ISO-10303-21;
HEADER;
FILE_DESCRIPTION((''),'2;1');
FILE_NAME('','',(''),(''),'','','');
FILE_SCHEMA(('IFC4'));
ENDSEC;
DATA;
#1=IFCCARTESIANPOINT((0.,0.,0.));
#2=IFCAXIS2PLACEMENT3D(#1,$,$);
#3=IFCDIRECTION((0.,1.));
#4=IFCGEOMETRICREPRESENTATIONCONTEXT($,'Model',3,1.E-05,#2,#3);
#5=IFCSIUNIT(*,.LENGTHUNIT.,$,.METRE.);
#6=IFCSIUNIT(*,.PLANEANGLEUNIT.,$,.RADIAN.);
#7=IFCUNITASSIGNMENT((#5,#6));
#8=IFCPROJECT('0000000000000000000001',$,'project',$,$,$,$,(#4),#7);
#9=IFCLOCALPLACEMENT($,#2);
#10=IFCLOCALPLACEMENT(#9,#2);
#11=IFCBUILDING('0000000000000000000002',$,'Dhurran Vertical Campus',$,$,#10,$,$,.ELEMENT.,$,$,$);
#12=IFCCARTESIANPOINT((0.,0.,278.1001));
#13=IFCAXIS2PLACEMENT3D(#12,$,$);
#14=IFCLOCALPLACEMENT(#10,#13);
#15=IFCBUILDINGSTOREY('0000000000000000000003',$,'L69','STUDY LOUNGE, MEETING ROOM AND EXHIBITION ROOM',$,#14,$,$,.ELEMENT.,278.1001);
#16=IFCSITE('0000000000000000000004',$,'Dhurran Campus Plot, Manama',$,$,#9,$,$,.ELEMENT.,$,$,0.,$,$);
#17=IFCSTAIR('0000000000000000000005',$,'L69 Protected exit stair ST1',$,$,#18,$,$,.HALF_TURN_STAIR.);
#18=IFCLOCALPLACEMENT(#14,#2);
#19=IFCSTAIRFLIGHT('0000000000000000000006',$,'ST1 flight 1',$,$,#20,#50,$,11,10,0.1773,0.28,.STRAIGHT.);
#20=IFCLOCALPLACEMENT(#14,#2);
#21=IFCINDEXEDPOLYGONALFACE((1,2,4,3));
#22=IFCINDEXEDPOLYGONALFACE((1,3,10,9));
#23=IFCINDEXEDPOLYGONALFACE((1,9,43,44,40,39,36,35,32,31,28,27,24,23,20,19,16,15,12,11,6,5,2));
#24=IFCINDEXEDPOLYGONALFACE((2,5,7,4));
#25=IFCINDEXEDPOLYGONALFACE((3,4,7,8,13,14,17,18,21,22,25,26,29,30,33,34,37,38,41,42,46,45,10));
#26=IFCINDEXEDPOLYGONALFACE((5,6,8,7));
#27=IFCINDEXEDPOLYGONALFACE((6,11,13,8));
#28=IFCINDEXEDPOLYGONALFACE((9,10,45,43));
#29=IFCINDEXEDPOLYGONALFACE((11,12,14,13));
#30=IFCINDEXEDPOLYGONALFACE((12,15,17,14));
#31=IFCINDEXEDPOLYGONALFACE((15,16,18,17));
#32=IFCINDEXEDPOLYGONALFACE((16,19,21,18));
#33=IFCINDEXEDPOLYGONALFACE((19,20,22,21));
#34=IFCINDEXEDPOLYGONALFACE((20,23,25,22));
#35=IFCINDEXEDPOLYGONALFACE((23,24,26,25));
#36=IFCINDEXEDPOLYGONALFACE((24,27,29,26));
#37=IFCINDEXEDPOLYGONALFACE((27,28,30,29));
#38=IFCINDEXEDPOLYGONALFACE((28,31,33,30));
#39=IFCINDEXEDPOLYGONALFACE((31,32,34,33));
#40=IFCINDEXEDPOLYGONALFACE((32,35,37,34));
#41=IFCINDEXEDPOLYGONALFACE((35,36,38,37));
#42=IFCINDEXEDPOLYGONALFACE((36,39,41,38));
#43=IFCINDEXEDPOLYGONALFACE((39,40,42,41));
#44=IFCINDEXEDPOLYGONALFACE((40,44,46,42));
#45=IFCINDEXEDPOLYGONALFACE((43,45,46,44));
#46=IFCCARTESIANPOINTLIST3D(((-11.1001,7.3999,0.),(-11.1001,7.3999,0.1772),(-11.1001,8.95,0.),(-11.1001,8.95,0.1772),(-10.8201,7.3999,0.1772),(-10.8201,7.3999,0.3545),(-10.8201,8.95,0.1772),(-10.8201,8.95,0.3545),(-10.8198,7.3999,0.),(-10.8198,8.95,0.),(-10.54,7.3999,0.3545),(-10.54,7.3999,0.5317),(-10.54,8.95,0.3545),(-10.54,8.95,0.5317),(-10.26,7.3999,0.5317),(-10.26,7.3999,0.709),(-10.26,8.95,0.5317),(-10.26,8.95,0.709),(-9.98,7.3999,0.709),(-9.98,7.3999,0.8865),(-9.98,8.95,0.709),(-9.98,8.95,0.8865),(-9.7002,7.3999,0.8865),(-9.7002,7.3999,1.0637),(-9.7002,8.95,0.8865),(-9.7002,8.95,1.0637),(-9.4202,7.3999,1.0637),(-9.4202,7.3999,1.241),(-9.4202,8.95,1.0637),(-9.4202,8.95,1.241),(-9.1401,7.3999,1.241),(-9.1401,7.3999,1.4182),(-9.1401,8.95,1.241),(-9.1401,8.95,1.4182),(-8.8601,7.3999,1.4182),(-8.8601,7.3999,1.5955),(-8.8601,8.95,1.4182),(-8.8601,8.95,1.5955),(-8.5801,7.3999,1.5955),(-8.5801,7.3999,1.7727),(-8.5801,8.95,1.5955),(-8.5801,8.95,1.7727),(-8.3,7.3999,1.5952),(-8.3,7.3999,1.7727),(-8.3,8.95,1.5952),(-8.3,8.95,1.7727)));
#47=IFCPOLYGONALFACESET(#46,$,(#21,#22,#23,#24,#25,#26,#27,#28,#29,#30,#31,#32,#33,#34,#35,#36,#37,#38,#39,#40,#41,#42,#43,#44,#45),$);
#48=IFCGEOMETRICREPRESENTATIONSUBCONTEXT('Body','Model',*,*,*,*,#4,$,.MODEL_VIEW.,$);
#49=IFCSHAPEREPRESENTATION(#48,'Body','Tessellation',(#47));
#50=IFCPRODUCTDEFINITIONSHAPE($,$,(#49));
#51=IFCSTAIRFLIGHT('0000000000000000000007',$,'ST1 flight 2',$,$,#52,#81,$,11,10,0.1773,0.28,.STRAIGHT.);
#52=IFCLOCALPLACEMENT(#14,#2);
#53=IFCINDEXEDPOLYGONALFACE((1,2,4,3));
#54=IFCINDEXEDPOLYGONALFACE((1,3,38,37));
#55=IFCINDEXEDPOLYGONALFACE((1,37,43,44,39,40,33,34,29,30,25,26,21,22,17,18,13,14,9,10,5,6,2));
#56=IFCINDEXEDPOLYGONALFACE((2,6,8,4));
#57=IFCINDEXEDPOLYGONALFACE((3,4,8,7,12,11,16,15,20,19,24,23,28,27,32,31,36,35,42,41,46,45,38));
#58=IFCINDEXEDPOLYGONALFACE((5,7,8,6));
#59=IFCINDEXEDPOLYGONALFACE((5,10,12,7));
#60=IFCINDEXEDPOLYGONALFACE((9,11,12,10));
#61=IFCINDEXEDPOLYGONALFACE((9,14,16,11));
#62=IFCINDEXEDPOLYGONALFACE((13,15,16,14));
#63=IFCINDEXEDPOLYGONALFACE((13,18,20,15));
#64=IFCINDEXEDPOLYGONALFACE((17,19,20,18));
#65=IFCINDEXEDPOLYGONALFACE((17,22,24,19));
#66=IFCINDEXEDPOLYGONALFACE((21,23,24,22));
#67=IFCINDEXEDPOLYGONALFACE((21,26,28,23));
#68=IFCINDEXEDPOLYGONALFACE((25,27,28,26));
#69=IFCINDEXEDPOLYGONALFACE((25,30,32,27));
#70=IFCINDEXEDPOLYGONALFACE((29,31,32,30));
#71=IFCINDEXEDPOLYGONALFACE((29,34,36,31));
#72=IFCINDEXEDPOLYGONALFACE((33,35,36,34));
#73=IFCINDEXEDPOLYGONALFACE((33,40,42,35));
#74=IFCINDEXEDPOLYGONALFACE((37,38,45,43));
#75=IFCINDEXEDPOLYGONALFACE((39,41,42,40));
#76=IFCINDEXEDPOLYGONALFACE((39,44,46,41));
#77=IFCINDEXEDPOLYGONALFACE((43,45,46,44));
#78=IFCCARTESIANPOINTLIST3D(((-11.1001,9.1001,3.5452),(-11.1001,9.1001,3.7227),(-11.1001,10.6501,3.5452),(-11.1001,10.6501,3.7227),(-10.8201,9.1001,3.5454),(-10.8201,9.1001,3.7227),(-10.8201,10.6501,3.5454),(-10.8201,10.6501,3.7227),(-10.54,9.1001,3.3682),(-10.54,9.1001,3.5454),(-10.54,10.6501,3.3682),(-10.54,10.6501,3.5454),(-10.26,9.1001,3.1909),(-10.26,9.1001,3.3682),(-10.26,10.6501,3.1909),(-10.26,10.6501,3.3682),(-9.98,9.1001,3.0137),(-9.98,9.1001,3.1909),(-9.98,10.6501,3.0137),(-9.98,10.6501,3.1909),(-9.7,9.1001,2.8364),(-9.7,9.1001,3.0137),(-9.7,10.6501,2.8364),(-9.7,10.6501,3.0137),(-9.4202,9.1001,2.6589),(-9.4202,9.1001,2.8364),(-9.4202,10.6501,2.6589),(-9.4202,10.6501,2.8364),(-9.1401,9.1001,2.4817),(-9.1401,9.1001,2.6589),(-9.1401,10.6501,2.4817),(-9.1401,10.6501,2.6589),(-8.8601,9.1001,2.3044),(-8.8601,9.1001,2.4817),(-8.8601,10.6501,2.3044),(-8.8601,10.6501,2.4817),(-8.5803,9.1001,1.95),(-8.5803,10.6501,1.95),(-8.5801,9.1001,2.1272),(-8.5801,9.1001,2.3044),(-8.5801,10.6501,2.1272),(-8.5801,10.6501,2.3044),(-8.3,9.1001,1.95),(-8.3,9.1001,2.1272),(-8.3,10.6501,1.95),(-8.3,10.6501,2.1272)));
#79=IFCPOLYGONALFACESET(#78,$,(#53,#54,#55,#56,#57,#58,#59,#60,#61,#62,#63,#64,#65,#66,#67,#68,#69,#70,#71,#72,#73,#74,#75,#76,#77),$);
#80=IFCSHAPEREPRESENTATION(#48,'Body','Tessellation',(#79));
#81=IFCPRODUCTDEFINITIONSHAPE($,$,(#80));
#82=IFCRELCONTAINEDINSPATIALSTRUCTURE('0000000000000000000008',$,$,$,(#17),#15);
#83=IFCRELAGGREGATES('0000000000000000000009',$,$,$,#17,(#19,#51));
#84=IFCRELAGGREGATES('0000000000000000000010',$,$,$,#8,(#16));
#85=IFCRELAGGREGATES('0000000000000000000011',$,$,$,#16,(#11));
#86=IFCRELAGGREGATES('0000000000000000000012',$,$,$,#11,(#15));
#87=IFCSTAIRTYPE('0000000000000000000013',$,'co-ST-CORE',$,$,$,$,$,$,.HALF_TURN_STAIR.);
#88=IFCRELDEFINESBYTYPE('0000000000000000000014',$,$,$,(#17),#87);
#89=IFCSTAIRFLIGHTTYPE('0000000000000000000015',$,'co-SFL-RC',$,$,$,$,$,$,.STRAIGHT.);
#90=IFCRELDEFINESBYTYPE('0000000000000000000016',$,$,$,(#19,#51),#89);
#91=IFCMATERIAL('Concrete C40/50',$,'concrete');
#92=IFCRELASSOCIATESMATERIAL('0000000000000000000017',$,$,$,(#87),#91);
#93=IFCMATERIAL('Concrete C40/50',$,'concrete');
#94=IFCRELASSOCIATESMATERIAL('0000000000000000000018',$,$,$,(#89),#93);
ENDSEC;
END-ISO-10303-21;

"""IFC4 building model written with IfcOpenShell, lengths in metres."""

from ifc_helpers import new_model, si_unit, direction, frame, origin, place, context, subcontext, project, spatial, polyline, outline, extrude, material, type_object, element, aggregate, save


model = new_model("IFC4")

# Units and contexts
model_context = context("Model", 3, precision=1e-05, world=origin(), true_north=direction((0.0, 1.0)))
body_context = subcontext(model_context, "Body", "Model", "MODEL_VIEW")
ifc_project = project(units=[si_unit("LENGTHUNIT", "METRE"), si_unit("PLANEANGLEUNIT", "RADIAN")], contexts=[model_context])

# Site, building, storey
site_placement = place(None, origin())
site = spatial("IfcSite", under=ifc_project, at=site_placement, Name="Dhurran Campus Plot, Manama", CompositionType="ELEMENT", RefElevation=0.0)
building_placement = place(site_placement, origin())
building = spatial("IfcBuilding", under=site, at=building_placement, Name="Dhurran Vertical Campus", CompositionType="ELEMENT")
storey_placement = place(building_placement, frame((0.0, 0.0, 278.1001)))
storey = spatial("IfcBuildingStorey", under=building, at=storey_placement, Name="L69", Description="STUDY LOUNGE, MEETING ROOM AND EXHIBITION ROOM", CompositionType="ELEMENT", Elevation=278.1001)

# Stair, stair flights
ifc_material_1 = material(Name="Concrete C40/50", Category="concrete")
stair_type = type_object("IfcStairType", Name="co-ST-CORE", PredefinedType="HALF_TURN_STAIR", material=ifc_material_1)
stair_placement = place(storey_placement, origin())
stair = element("IfcStair", 1, at=stair_placement, inside=storey, type_object=stair_type, Name="L69 Protected exit stair ST1", PredefinedType="HALF_TURN_STAIR")
ifc_material_2 = material(Name="Concrete C40/50", Category="concrete")
stair_flight_type = type_object("IfcStairFlightType", Name="co-SFL-RC", PredefinedType="STRAIGHT", material=ifc_material_2)
stair_flight_1_placement = place(storey_placement, frame((-11.1001, 8.175, 0.0), z_axis=(0.0, 0.0, 1.0), x_axis=(1.0, 0.0, 0.0)))
stair_flight_1 = element("IfcStairFlight", 2, at=stair_flight_1_placement, type_object=stair_flight_type, Name="ST1 flight 1", NumberOfRisers=11, NumberOfTreads=10, PredefinedType="STRAIGHT", RiserHeight=0.1773, TreadLength=0.28, context=body_context, shape_type="SweptSolid", body=[
    extrude(outline(polyline([(0.0, 0.0), (0.0, 0.1772), (0.28, 0.1772), (0.28, 0.3545), (0.5601, 0.3545), (0.5601, 0.5317), (0.8401, 0.5317), (0.8401, 0.709), (1.1201, 0.709), (1.1201, 0.8865), (1.3999, 0.8865), (1.3999, 1.0637), (1.6799, 1.0637), (1.6799, 1.241), (1.96, 1.241), (1.96, 1.4182), (2.24, 1.4182), (2.24, 1.5955), (2.52, 1.5955), (2.52, 1.7727), (2.8, 1.7727), (2.8, 1.95), (2.8, 1.5952), (0.2803, 0.0), (0.0, 0.0)])), frame((0.0, 0.7749, 0.0), z_axis=(0.0, -1.0, 0.0), x_axis=(1.0, 0.0, 0.0)), (0.0, 0.0, 1.0), 1.55),
])
stair_flight_2_placement = place(storey_placement, frame((-8.3, 9.875, 1.95), z_axis=(0.0, 0.0, 1.0), x_axis=(-1.0, 0.0, 0.0)))
stair_flight_2 = element("IfcStairFlight", 3, at=stair_flight_2_placement, type_object=stair_flight_type, Name="ST1 flight 2", NumberOfRisers=11, NumberOfTreads=10, PredefinedType="STRAIGHT", RiserHeight=0.1773, TreadLength=0.28, context=body_context, shape_type="SweptSolid", body=[
    extrude(outline(polyline([(0.0, 0.0), (0.0, 0.1772), (0.28, 0.1772), (0.28, 0.3545), (0.5601, 0.3545), (0.5601, 0.5317), (0.8401, 0.5317), (0.8401, 0.709), (1.1201, 0.709), (1.1201, 0.8865), (1.3999, 0.8865), (1.3999, 1.0637), (1.6799, 1.0637), (1.6799, 1.241), (1.96, 1.241), (1.96, 1.4182), (2.24, 1.4182), (2.24, 1.5955), (2.52, 1.5955), (2.52, 1.7727), (2.8, 1.7727), (2.8, 1.95), (2.8, 1.5952), (0.2803, 0.0), (0.0, 0.0)])), frame((0.0, 0.7749, 0.0), z_axis=(0.0, -1.0, 0.0), x_axis=(1.0, 0.0, 0.0)), (0.0, 0.0, 1.0), 1.55),
])
aggregate(stair, [stair_flight_1, stair_flight_2])

save(model, "model.ifc")
